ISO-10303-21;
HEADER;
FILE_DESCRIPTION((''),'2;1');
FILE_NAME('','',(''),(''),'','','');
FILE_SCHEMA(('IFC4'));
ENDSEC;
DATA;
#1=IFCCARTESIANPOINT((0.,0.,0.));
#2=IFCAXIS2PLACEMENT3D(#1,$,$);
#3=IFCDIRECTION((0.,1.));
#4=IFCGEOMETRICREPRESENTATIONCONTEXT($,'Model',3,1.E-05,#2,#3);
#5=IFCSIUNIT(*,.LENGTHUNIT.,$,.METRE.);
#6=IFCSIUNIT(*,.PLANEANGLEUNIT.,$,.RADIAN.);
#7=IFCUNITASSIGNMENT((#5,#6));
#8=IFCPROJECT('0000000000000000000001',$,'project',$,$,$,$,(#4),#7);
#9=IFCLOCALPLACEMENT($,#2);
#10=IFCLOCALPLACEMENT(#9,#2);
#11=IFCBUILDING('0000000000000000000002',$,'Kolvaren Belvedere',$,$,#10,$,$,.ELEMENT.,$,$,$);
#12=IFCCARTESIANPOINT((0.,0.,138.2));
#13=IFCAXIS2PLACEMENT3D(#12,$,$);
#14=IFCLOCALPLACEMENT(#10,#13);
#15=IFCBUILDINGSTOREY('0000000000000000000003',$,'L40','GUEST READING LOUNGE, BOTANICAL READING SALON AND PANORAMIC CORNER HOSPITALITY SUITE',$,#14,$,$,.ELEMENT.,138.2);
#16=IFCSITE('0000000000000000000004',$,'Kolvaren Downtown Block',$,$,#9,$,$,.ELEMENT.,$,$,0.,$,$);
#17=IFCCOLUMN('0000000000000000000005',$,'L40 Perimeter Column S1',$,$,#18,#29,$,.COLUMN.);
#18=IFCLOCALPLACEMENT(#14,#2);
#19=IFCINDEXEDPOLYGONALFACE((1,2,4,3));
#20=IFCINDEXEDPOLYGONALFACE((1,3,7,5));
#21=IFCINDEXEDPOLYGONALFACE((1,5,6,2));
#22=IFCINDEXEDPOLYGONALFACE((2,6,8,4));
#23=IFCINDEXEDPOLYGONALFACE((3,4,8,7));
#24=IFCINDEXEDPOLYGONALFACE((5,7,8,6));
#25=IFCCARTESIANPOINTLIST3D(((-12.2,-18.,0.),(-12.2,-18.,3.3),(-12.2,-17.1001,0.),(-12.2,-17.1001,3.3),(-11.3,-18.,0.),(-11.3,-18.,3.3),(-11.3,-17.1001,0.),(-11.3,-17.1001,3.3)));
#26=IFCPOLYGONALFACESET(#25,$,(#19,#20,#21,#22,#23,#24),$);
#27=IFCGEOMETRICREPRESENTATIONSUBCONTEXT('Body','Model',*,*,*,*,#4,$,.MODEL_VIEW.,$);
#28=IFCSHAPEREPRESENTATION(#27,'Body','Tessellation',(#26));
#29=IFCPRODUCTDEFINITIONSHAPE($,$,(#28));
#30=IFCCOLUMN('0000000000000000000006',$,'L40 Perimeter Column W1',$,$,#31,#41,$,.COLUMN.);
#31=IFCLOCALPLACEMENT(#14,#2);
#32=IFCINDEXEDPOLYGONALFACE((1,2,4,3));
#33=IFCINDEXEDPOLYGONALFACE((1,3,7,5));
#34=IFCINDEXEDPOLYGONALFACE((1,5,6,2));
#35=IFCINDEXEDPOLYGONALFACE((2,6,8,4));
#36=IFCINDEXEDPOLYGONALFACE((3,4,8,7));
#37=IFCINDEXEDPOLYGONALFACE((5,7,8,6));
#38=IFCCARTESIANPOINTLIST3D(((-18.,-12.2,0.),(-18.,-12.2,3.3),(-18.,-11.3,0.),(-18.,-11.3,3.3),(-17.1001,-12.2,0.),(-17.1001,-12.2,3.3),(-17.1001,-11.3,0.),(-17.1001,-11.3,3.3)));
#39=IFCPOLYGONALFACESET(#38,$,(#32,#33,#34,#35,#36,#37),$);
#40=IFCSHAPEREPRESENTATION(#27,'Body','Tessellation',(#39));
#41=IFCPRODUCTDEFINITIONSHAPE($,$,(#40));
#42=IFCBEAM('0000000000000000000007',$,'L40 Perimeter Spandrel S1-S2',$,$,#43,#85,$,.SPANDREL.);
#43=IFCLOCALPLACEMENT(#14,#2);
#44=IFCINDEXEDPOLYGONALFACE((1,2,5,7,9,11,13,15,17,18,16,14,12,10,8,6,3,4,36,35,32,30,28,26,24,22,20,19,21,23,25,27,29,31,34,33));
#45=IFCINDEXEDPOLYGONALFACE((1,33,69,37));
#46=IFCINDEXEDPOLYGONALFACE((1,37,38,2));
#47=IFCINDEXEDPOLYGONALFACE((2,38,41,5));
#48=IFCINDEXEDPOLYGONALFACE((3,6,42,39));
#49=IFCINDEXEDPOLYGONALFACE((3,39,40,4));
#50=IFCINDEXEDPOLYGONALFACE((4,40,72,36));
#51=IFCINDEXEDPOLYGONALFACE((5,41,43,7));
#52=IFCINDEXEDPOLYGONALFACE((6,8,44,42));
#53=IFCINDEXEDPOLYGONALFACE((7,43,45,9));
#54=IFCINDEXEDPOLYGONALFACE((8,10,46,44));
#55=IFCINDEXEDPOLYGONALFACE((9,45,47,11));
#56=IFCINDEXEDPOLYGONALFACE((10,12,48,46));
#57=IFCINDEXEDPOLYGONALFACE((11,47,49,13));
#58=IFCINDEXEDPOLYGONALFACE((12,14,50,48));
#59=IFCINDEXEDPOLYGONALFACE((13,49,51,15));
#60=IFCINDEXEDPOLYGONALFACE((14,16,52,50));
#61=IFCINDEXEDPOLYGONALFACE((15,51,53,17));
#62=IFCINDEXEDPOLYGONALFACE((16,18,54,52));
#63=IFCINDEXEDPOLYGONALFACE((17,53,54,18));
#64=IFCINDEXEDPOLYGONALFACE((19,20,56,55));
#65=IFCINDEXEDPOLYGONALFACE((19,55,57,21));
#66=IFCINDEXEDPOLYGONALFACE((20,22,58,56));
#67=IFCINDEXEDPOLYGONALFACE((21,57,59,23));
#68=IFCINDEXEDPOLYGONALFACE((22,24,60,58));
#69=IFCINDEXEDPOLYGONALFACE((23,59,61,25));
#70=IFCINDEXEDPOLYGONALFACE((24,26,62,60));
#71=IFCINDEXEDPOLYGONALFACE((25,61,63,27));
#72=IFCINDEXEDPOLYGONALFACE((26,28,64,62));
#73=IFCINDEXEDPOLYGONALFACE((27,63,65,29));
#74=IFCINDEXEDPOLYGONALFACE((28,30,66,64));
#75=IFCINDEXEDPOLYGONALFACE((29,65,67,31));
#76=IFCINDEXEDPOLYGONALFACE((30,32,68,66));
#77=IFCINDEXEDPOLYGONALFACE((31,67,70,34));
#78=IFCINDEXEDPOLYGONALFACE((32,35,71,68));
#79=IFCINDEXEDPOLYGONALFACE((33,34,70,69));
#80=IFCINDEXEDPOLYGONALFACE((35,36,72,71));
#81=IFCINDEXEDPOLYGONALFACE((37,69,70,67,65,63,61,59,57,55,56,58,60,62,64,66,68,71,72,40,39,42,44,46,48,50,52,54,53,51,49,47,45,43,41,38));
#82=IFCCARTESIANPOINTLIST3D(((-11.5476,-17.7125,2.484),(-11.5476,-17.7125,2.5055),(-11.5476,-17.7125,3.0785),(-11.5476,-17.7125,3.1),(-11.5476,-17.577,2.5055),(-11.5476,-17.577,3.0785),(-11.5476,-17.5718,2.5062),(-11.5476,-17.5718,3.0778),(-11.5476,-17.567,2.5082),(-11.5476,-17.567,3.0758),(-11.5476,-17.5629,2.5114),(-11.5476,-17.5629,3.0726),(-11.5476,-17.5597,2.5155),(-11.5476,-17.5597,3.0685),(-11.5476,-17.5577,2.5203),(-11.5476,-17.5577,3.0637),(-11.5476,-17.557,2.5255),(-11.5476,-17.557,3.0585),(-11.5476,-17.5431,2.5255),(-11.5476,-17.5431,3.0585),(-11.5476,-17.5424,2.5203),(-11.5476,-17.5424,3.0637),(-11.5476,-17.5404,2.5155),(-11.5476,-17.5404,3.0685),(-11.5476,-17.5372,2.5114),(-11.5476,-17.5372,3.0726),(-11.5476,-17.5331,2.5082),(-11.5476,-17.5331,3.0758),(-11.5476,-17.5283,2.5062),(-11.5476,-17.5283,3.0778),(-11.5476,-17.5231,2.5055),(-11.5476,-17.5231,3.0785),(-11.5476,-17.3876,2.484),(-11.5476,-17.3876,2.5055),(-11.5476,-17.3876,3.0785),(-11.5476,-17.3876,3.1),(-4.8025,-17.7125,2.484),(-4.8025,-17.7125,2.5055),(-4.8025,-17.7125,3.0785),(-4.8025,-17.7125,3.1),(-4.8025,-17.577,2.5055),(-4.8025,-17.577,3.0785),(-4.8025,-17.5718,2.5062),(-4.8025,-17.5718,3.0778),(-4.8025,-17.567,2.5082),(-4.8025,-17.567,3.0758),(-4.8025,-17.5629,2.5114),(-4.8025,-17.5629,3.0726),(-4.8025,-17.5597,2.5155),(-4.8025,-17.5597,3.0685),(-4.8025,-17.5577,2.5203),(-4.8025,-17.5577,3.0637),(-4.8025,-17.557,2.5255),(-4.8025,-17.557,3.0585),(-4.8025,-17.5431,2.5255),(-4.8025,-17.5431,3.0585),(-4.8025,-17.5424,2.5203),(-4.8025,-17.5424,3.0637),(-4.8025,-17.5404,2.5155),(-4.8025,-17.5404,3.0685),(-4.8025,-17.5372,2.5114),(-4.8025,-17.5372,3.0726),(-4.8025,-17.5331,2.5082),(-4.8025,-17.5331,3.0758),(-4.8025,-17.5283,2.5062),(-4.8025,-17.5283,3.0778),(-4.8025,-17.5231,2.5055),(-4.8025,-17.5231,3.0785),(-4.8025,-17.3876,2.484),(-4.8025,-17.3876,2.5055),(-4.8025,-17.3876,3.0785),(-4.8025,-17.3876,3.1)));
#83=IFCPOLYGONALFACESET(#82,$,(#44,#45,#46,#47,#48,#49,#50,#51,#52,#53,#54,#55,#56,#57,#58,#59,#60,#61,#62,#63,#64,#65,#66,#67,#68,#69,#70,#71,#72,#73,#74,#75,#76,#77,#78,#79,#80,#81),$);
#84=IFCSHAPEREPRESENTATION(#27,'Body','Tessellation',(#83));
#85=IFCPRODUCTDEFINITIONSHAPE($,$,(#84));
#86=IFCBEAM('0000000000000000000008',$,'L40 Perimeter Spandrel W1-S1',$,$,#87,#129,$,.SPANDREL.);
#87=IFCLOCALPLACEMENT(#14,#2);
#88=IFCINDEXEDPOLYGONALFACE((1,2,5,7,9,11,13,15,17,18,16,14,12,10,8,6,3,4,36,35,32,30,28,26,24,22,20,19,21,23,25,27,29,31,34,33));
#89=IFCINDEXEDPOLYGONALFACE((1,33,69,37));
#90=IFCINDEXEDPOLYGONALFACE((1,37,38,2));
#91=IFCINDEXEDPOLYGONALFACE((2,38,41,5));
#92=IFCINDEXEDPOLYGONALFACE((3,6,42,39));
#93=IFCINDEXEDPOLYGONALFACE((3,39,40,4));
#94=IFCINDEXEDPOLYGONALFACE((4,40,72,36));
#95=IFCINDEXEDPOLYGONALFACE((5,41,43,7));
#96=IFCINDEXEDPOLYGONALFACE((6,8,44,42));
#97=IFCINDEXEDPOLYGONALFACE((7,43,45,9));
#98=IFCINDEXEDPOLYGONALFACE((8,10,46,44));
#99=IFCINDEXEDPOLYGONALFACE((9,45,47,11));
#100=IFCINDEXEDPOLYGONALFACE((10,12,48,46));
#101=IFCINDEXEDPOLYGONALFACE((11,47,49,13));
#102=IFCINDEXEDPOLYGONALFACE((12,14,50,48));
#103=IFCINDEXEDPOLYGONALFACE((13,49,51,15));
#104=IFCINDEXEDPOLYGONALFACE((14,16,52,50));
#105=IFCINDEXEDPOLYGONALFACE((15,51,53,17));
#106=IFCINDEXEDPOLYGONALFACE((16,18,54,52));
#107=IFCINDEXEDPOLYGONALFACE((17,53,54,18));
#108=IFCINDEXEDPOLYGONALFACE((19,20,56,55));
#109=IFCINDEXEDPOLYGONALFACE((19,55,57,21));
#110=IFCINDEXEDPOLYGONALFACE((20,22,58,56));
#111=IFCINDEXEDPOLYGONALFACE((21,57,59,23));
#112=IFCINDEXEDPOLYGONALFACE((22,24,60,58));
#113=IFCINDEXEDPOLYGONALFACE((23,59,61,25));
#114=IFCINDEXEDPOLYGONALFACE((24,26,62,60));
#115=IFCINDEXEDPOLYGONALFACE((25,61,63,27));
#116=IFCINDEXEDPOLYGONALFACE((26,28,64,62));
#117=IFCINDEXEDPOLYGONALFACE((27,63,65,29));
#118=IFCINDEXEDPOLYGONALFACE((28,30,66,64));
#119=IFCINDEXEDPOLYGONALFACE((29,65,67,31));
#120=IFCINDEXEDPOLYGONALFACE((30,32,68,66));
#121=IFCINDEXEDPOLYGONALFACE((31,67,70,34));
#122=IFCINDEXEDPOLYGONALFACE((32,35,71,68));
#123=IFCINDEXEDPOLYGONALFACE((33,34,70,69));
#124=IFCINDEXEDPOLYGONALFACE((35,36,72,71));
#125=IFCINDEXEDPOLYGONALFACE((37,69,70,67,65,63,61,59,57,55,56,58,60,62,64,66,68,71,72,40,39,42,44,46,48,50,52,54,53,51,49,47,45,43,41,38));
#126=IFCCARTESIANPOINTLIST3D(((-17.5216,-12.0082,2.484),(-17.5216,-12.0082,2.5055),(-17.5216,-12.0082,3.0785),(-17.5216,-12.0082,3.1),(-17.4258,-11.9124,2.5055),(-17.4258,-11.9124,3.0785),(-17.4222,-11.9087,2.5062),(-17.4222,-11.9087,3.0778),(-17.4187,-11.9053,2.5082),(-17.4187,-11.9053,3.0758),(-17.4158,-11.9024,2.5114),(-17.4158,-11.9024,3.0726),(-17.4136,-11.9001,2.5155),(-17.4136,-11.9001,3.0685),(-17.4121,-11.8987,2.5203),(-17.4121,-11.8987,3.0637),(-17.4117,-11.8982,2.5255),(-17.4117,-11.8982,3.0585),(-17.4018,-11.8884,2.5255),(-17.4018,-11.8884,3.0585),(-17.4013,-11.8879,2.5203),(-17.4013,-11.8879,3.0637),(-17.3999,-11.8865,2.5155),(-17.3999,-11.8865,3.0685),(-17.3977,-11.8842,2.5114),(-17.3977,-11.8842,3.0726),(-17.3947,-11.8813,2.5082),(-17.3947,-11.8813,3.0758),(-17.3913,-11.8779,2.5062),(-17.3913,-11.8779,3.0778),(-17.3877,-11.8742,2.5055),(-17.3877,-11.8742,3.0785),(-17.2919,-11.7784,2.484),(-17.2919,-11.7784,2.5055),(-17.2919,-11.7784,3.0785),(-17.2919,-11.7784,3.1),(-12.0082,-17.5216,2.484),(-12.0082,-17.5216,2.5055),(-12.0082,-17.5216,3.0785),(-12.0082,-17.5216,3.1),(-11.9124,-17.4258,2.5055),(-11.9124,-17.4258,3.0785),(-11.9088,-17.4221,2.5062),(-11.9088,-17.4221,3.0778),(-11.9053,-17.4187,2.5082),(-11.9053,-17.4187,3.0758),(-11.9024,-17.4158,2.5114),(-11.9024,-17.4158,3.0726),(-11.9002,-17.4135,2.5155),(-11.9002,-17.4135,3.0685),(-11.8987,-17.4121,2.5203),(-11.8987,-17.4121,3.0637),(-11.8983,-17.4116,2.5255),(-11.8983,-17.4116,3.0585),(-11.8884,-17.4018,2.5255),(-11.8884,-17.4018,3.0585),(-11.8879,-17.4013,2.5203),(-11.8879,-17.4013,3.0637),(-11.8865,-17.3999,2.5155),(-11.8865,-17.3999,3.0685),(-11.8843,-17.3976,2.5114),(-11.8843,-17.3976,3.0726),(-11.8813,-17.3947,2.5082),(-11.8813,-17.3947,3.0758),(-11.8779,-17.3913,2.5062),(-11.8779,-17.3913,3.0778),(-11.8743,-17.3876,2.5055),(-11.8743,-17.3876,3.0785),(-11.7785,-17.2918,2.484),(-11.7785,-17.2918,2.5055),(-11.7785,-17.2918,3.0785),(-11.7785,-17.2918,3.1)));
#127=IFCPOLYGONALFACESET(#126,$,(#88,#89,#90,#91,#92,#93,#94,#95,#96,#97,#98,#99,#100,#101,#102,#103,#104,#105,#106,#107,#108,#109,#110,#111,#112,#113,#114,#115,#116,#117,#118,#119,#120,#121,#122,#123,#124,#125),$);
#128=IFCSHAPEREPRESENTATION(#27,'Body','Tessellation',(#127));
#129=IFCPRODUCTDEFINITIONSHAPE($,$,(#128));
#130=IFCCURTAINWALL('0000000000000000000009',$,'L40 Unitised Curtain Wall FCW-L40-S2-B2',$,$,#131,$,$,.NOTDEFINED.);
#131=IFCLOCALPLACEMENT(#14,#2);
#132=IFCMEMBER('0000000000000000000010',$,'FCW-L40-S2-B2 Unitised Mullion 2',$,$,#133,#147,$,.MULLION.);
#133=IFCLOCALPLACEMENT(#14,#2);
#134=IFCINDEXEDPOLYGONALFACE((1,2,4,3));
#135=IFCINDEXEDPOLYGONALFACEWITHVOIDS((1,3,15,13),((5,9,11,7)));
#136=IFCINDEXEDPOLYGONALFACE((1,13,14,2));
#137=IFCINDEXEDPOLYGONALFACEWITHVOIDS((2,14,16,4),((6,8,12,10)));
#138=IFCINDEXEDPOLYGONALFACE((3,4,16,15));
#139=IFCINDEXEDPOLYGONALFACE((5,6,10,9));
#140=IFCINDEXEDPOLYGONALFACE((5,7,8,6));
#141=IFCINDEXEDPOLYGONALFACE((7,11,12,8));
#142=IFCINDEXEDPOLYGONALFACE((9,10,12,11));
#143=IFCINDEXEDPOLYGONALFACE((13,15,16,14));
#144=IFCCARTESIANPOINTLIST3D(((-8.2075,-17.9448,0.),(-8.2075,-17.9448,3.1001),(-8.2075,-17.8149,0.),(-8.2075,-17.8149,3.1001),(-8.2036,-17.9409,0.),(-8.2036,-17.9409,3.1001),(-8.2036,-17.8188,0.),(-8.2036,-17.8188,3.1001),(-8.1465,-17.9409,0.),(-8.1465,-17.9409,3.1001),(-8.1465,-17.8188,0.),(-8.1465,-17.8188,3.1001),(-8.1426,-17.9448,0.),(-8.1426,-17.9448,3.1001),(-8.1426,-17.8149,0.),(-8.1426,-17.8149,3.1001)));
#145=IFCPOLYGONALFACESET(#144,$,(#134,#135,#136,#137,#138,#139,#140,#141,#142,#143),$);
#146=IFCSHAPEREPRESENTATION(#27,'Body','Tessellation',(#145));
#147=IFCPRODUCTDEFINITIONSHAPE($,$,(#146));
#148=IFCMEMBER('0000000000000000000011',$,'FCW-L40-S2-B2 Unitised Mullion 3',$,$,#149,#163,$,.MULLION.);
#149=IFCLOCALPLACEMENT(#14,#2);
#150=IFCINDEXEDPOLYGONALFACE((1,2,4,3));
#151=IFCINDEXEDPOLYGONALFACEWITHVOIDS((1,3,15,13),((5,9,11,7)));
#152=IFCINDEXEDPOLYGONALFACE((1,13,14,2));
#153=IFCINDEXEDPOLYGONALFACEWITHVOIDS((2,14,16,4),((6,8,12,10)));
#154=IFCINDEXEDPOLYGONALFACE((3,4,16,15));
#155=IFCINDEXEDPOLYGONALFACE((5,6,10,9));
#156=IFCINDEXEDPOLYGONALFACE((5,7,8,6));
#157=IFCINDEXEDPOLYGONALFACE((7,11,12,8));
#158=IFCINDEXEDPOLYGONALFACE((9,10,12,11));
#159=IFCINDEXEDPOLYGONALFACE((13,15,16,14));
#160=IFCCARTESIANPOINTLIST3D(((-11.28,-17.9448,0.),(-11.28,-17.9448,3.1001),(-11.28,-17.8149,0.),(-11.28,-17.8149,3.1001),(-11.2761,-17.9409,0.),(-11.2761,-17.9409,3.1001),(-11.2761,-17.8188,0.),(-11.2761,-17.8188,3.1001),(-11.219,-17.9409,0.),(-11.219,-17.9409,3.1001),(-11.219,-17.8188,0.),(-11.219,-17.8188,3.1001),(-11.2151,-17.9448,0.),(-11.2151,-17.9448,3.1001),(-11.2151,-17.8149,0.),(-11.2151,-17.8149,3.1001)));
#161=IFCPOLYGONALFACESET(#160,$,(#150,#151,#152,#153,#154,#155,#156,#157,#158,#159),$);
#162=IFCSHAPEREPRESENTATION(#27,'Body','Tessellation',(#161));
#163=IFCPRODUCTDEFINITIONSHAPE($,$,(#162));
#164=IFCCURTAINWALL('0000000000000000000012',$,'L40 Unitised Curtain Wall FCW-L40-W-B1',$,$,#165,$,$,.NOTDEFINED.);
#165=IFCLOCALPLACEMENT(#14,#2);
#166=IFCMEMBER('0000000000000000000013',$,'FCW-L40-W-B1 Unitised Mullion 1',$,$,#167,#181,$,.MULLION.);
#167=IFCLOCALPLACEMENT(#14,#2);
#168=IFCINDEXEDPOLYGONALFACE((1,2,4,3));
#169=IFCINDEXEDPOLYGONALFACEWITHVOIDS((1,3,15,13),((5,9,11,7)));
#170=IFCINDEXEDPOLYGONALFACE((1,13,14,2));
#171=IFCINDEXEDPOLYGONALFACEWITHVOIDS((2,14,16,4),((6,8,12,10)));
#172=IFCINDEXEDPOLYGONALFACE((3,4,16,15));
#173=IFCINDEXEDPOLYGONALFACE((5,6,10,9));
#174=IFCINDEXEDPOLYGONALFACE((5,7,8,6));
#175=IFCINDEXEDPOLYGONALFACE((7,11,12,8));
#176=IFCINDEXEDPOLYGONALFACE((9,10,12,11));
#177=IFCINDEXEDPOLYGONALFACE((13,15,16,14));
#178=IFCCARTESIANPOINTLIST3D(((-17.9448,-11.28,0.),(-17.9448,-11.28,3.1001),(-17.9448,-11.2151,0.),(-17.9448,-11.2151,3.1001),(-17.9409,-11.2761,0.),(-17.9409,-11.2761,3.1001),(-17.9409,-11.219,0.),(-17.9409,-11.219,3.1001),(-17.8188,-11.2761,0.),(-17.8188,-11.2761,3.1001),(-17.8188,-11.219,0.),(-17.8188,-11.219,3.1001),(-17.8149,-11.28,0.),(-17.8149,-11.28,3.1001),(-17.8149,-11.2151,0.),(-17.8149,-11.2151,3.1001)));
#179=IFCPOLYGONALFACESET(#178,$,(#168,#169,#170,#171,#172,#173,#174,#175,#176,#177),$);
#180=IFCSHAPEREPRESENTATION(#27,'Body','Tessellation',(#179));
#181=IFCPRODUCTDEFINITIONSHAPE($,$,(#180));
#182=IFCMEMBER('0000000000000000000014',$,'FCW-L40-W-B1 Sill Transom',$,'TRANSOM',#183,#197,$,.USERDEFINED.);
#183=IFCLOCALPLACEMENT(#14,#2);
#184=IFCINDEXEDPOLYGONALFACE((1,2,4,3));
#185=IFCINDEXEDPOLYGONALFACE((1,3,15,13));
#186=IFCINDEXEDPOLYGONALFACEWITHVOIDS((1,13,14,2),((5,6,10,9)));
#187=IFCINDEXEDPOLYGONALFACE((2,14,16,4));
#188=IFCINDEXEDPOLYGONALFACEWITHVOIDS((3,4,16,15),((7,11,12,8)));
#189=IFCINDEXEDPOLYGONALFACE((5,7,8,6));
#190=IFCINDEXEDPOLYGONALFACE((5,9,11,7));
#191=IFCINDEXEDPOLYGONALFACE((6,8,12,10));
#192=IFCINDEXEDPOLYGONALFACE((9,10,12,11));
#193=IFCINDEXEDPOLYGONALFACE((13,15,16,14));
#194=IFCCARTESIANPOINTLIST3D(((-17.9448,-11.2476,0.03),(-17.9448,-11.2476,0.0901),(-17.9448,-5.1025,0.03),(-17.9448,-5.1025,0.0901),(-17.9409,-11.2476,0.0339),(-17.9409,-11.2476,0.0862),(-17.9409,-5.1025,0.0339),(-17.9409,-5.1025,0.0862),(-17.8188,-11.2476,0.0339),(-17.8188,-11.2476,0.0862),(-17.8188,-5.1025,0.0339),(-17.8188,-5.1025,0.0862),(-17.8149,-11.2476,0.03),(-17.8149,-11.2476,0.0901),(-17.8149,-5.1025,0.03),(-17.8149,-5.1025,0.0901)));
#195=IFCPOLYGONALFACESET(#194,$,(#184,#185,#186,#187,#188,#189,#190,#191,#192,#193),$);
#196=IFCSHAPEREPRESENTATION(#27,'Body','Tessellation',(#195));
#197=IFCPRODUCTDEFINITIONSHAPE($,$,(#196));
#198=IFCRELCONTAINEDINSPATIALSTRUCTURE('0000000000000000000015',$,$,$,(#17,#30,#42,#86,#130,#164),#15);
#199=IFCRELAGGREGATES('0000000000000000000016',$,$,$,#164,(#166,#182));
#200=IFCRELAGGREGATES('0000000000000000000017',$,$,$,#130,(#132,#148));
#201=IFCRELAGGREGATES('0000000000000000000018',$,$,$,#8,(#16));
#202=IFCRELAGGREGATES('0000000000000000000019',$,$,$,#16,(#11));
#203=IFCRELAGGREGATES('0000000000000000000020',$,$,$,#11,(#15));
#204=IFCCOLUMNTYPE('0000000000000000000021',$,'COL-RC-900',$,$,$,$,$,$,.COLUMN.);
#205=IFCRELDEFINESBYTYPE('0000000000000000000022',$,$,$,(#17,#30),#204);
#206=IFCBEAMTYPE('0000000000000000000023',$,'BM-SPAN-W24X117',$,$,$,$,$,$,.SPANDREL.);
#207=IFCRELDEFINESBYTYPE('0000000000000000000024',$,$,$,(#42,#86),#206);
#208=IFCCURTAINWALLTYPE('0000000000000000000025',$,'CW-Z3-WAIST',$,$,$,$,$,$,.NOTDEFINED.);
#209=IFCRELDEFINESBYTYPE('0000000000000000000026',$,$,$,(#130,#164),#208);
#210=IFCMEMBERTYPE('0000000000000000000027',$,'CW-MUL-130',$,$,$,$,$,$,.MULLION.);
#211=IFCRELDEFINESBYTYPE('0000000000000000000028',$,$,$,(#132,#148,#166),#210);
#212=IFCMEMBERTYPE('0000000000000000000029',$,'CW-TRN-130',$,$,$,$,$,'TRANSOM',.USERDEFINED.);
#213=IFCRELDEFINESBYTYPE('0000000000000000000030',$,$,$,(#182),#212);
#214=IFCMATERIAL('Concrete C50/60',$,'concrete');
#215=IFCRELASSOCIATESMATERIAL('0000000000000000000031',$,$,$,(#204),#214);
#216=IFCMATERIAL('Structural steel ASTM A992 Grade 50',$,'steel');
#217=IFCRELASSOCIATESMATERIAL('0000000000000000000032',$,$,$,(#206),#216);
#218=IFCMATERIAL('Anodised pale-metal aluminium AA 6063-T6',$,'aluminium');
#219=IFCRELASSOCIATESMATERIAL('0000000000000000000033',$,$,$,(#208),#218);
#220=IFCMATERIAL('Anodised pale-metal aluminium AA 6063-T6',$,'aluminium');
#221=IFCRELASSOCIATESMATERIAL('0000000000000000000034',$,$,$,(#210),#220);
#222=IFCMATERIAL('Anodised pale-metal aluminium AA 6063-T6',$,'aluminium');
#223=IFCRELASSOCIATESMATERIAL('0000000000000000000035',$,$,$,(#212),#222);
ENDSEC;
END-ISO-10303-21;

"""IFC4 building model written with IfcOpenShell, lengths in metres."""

from ifc_helpers import new_model, si_unit, direction, frame, origin, origin_2d, place, context, subcontext, project, spatial, rectangle, hollow_rectangle, i_section, extrude, material, material_profile, profile_set, type_object, element, aggregate, save


model = new_model("IFC4")

# Units and contexts
model_context = context("Model", 3, precision=1e-05, world=origin(), true_north=direction((0.0, 1.0)))
body_context = subcontext(model_context, "Body", "Model", "MODEL_VIEW")
ifc_project = project(units=[si_unit("LENGTHUNIT", "METRE"), si_unit("PLANEANGLEUNIT", "RADIAN")], contexts=[model_context])

# Site, building, storey
site_placement = place(None, origin())
site = spatial("IfcSite", under=ifc_project, at=site_placement, Name="Kolvaren Downtown Block", CompositionType="ELEMENT", RefElevation=0.0)
building_placement = place(site_placement, origin())
building = spatial("IfcBuilding", under=site, at=building_placement, Name="Kolvaren Belvedere", CompositionType="ELEMENT")
storey_placement = place(building_placement, frame((0.0, 0.0, 138.2)))
storey = spatial("IfcBuildingStorey", under=building, at=storey_placement, Name="L40", Description="GUEST READING LOUNGE, BOTANICAL READING SALON AND PANORAMIC CORNER HOSPITALITY SUITE", CompositionType="ELEMENT", Elevation=138.2)

# Columns
ifc_material_1 = material(Name="Concrete C50/60", Category="concrete")
ifc_material_profile_1 = material_profile(ifc_material_1, rectangle(XDim=0.8999, YDim=0.8999, at=origin_2d()), Name="RC 900X900")
ifc_profile_set_1 = profile_set([ifc_material_profile_1], Name="Concrete C50/60")
column_type = type_object("IfcColumnType", Name="COL-RC-900", PredefinedType="COLUMN", material=ifc_profile_set_1)
for number, where, z_axis, x_axis, name in (
    (1, (-11.75, -17.55, 0.0), (0.0, 0.0, 1.0), (1.0, 0.0, 0.0), "L40 Perimeter Column S1"),
    (2, (-17.55, -11.75, 0.0), (0.0, 0.0, 1.0), (1.0, 0.0, 0.0), "L40 Perimeter Column W1"),
):
    element("IfcColumn", number, at=place(storey_placement, frame(where, z_axis=z_axis, x_axis=x_axis)), inside=storey, type_object=column_type, Name=name, PredefinedType="COLUMN", context=body_context, shape_type="SweptSolid", body=[
        extrude(rectangle(XDim=0.8999, YDim=0.8999, at=origin_2d()), origin(), (0.0, 0.0, 1.0), 3.3),
    ])

# Beams
ifc_material_2 = material(Name="Structural steel ASTM A992 Grade 50", Category="steel")
ifc_material_profile_2 = material_profile(ifc_material_2, i_section(OverallWidth=0.325, OverallDepth=0.616, WebThickness=0.0139, FlangeThickness=0.0215, FilletRadius=0.02, at=origin_2d()), Name="W24X117")
ifc_profile_set_2 = profile_set([ifc_material_profile_2], Name="Structural steel ASTM A992 Grade 50")
beam_type = type_object("IfcBeamType", Name="BM-SPAN-W24X117", PredefinedType="SPANDREL", material=ifc_profile_set_2)
beam_1_placement = place(storey_placement, frame((-11.5476, -17.55, 2.792), z_axis=(1.0, 0.0, 0.0), x_axis=(0.0, 1.0, 0.0)))
element("IfcBeam", 3, at=beam_1_placement, inside=storey, type_object=beam_type, Name="L40 Perimeter Spandrel S1-S2", PredefinedType="SPANDREL", context=body_context, shape_type="SweptSolid", body=[
    extrude(i_section(OverallWidth=0.325, OverallDepth=0.616, WebThickness=0.0139, FlangeThickness=0.0215, FilletRadius=0.02, at=origin_2d()), origin(), (0.0, 0.0, 1.0), 6.7451),
])
beam_2_placement = place(storey_placement, frame((-17.4067, -11.8933, 2.792), z_axis=(0.707107, -0.707107, 0.0), x_axis=(0.707107, 0.707107, 0.0)))
element("IfcBeam", 4, at=beam_2_placement, inside=storey, type_object=beam_type, Name="L40 Perimeter Spandrel W1-S1", PredefinedType="SPANDREL", context=body_context, shape_type="SweptSolid", body=[
    extrude(i_section(OverallWidth=0.325, OverallDepth=0.616, WebThickness=0.0139, FlangeThickness=0.0215, FilletRadius=0.02, at=origin_2d()), origin(), (0.0, 0.0, 1.0), 7.7971),
])

# Curtain walls, members
ifc_material_3 = material(Name="Anodised pale-metal aluminium AA 6063-T6", Category="aluminium")
curtain_wall_type = type_object("IfcCurtainWallType", Name="CW-Z3-WAIST", PredefinedType="NOTDEFINED", material=ifc_material_3)
curtain_wall_1_placement = place(storey_placement, origin())
curtain_wall_1 = element("IfcCurtainWall", 5, at=curtain_wall_1_placement, inside=storey, type_object=curtain_wall_type, Name="L40 Unitised Curtain Wall FCW-L40-S2-B2", PredefinedType="NOTDEFINED")
ifc_material_4 = material(Name="Anodised pale-metal aluminium AA 6063-T6", Category="aluminium")
ifc_material_profile_3 = material_profile(ifc_material_4, hollow_rectangle(XDim=0.0649, YDim=0.1299, WallThickness=0.0039, at=origin_2d()), Name="ALU-MUL-130X65")
ifc_profile_set_3 = profile_set([ifc_material_profile_3], Name="Anodised pale-metal aluminium AA 6063-T6")
member_type_1 = type_object("IfcMemberType", Name="CW-MUL-130", PredefinedType="MULLION", material=ifc_profile_set_3)
member_1_placement = place(storey_placement, frame((-8.175, -17.8799, 0.0), z_axis=(0.0, 0.0, 1.0), x_axis=(1.0, 0.0, 0.0)))
member_1 = element("IfcMember", 6, at=member_1_placement, type_object=member_type_1, Name="FCW-L40-S2-B2 Unitised Mullion 2", PredefinedType="MULLION", context=body_context, shape_type="SweptSolid", body=[
    extrude(hollow_rectangle(XDim=0.0649, YDim=0.1299, WallThickness=0.0039, at=origin_2d()), origin(), (0.0, 0.0, 1.0), 3.1001),
])
member_2_placement = place(storey_placement, frame((-11.2476, -17.8799, 0.0), z_axis=(0.0, 0.0, 1.0), x_axis=(1.0, 0.0, 0.0)))
member_2 = element("IfcMember", 7, at=member_2_placement, type_object=member_type_1, Name="FCW-L40-S2-B2 Unitised Mullion 3", PredefinedType="MULLION", context=body_context, shape_type="SweptSolid", body=[
    extrude(hollow_rectangle(XDim=0.0649, YDim=0.1299, WallThickness=0.0039, at=origin_2d()), origin(), (0.0, 0.0, 1.0), 3.1001),
])
curtain_wall_2_placement = place(storey_placement, origin())
curtain_wall_2 = element("IfcCurtainWall", 8, at=curtain_wall_2_placement, inside=storey, type_object=curtain_wall_type, Name="L40 Unitised Curtain Wall FCW-L40-W-B1", PredefinedType="NOTDEFINED")
member_3_placement = place(storey_placement, frame((-17.8799, -11.2476, 0.0), z_axis=(0.0, 0.0, 1.0), x_axis=(0.0, 1.0, 0.0)))
member_3 = element("IfcMember", 9, at=member_3_placement, type_object=member_type_1, Name="FCW-L40-W-B1 Unitised Mullion 1", PredefinedType="MULLION", context=body_context, shape_type="SweptSolid", body=[
    extrude(hollow_rectangle(XDim=0.0649, YDim=0.1299, WallThickness=0.0039, at=origin_2d()), origin(), (0.0, 0.0, 1.0), 3.1001),
])
ifc_material_5 = material(Name="Anodised pale-metal aluminium AA 6063-T6", Category="aluminium")
ifc_material_profile_4 = material_profile(ifc_material_5, hollow_rectangle(XDim=0.0601, YDim=0.1299, WallThickness=0.0039, at=origin_2d()), Name="ALU-TRN-130X60")
ifc_profile_set_4 = profile_set([ifc_material_profile_4], Name="Anodised pale-metal aluminium AA 6063-T6")
member_type_2 = type_object("IfcMemberType", Name="CW-TRN-130", ElementType="TRANSOM", PredefinedType="USERDEFINED", material=ifc_profile_set_4)
member_4_placement = place(storey_placement, frame((-17.8799, -11.2476, 0.0601), z_axis=(0.0, 1.0, 0.0), x_axis=(0.0, 0.0, 1.0)))
member_4 = element("IfcMember", 10, at=member_4_placement, type_object=member_type_2, Name="FCW-L40-W-B1 Sill Transom", ObjectType="TRANSOM", PredefinedType="USERDEFINED", context=body_context, shape_type="SweptSolid", body=[
    extrude(hollow_rectangle(XDim=0.0601, YDim=0.1299, WallThickness=0.0039, at=origin_2d()), origin(), (0.0, 0.0, 1.0), 6.145),
])
aggregate(curtain_wall_2, [member_3, member_4])

aggregate(curtain_wall_1, [member_1, member_2])

save(model, "model.ifc")
